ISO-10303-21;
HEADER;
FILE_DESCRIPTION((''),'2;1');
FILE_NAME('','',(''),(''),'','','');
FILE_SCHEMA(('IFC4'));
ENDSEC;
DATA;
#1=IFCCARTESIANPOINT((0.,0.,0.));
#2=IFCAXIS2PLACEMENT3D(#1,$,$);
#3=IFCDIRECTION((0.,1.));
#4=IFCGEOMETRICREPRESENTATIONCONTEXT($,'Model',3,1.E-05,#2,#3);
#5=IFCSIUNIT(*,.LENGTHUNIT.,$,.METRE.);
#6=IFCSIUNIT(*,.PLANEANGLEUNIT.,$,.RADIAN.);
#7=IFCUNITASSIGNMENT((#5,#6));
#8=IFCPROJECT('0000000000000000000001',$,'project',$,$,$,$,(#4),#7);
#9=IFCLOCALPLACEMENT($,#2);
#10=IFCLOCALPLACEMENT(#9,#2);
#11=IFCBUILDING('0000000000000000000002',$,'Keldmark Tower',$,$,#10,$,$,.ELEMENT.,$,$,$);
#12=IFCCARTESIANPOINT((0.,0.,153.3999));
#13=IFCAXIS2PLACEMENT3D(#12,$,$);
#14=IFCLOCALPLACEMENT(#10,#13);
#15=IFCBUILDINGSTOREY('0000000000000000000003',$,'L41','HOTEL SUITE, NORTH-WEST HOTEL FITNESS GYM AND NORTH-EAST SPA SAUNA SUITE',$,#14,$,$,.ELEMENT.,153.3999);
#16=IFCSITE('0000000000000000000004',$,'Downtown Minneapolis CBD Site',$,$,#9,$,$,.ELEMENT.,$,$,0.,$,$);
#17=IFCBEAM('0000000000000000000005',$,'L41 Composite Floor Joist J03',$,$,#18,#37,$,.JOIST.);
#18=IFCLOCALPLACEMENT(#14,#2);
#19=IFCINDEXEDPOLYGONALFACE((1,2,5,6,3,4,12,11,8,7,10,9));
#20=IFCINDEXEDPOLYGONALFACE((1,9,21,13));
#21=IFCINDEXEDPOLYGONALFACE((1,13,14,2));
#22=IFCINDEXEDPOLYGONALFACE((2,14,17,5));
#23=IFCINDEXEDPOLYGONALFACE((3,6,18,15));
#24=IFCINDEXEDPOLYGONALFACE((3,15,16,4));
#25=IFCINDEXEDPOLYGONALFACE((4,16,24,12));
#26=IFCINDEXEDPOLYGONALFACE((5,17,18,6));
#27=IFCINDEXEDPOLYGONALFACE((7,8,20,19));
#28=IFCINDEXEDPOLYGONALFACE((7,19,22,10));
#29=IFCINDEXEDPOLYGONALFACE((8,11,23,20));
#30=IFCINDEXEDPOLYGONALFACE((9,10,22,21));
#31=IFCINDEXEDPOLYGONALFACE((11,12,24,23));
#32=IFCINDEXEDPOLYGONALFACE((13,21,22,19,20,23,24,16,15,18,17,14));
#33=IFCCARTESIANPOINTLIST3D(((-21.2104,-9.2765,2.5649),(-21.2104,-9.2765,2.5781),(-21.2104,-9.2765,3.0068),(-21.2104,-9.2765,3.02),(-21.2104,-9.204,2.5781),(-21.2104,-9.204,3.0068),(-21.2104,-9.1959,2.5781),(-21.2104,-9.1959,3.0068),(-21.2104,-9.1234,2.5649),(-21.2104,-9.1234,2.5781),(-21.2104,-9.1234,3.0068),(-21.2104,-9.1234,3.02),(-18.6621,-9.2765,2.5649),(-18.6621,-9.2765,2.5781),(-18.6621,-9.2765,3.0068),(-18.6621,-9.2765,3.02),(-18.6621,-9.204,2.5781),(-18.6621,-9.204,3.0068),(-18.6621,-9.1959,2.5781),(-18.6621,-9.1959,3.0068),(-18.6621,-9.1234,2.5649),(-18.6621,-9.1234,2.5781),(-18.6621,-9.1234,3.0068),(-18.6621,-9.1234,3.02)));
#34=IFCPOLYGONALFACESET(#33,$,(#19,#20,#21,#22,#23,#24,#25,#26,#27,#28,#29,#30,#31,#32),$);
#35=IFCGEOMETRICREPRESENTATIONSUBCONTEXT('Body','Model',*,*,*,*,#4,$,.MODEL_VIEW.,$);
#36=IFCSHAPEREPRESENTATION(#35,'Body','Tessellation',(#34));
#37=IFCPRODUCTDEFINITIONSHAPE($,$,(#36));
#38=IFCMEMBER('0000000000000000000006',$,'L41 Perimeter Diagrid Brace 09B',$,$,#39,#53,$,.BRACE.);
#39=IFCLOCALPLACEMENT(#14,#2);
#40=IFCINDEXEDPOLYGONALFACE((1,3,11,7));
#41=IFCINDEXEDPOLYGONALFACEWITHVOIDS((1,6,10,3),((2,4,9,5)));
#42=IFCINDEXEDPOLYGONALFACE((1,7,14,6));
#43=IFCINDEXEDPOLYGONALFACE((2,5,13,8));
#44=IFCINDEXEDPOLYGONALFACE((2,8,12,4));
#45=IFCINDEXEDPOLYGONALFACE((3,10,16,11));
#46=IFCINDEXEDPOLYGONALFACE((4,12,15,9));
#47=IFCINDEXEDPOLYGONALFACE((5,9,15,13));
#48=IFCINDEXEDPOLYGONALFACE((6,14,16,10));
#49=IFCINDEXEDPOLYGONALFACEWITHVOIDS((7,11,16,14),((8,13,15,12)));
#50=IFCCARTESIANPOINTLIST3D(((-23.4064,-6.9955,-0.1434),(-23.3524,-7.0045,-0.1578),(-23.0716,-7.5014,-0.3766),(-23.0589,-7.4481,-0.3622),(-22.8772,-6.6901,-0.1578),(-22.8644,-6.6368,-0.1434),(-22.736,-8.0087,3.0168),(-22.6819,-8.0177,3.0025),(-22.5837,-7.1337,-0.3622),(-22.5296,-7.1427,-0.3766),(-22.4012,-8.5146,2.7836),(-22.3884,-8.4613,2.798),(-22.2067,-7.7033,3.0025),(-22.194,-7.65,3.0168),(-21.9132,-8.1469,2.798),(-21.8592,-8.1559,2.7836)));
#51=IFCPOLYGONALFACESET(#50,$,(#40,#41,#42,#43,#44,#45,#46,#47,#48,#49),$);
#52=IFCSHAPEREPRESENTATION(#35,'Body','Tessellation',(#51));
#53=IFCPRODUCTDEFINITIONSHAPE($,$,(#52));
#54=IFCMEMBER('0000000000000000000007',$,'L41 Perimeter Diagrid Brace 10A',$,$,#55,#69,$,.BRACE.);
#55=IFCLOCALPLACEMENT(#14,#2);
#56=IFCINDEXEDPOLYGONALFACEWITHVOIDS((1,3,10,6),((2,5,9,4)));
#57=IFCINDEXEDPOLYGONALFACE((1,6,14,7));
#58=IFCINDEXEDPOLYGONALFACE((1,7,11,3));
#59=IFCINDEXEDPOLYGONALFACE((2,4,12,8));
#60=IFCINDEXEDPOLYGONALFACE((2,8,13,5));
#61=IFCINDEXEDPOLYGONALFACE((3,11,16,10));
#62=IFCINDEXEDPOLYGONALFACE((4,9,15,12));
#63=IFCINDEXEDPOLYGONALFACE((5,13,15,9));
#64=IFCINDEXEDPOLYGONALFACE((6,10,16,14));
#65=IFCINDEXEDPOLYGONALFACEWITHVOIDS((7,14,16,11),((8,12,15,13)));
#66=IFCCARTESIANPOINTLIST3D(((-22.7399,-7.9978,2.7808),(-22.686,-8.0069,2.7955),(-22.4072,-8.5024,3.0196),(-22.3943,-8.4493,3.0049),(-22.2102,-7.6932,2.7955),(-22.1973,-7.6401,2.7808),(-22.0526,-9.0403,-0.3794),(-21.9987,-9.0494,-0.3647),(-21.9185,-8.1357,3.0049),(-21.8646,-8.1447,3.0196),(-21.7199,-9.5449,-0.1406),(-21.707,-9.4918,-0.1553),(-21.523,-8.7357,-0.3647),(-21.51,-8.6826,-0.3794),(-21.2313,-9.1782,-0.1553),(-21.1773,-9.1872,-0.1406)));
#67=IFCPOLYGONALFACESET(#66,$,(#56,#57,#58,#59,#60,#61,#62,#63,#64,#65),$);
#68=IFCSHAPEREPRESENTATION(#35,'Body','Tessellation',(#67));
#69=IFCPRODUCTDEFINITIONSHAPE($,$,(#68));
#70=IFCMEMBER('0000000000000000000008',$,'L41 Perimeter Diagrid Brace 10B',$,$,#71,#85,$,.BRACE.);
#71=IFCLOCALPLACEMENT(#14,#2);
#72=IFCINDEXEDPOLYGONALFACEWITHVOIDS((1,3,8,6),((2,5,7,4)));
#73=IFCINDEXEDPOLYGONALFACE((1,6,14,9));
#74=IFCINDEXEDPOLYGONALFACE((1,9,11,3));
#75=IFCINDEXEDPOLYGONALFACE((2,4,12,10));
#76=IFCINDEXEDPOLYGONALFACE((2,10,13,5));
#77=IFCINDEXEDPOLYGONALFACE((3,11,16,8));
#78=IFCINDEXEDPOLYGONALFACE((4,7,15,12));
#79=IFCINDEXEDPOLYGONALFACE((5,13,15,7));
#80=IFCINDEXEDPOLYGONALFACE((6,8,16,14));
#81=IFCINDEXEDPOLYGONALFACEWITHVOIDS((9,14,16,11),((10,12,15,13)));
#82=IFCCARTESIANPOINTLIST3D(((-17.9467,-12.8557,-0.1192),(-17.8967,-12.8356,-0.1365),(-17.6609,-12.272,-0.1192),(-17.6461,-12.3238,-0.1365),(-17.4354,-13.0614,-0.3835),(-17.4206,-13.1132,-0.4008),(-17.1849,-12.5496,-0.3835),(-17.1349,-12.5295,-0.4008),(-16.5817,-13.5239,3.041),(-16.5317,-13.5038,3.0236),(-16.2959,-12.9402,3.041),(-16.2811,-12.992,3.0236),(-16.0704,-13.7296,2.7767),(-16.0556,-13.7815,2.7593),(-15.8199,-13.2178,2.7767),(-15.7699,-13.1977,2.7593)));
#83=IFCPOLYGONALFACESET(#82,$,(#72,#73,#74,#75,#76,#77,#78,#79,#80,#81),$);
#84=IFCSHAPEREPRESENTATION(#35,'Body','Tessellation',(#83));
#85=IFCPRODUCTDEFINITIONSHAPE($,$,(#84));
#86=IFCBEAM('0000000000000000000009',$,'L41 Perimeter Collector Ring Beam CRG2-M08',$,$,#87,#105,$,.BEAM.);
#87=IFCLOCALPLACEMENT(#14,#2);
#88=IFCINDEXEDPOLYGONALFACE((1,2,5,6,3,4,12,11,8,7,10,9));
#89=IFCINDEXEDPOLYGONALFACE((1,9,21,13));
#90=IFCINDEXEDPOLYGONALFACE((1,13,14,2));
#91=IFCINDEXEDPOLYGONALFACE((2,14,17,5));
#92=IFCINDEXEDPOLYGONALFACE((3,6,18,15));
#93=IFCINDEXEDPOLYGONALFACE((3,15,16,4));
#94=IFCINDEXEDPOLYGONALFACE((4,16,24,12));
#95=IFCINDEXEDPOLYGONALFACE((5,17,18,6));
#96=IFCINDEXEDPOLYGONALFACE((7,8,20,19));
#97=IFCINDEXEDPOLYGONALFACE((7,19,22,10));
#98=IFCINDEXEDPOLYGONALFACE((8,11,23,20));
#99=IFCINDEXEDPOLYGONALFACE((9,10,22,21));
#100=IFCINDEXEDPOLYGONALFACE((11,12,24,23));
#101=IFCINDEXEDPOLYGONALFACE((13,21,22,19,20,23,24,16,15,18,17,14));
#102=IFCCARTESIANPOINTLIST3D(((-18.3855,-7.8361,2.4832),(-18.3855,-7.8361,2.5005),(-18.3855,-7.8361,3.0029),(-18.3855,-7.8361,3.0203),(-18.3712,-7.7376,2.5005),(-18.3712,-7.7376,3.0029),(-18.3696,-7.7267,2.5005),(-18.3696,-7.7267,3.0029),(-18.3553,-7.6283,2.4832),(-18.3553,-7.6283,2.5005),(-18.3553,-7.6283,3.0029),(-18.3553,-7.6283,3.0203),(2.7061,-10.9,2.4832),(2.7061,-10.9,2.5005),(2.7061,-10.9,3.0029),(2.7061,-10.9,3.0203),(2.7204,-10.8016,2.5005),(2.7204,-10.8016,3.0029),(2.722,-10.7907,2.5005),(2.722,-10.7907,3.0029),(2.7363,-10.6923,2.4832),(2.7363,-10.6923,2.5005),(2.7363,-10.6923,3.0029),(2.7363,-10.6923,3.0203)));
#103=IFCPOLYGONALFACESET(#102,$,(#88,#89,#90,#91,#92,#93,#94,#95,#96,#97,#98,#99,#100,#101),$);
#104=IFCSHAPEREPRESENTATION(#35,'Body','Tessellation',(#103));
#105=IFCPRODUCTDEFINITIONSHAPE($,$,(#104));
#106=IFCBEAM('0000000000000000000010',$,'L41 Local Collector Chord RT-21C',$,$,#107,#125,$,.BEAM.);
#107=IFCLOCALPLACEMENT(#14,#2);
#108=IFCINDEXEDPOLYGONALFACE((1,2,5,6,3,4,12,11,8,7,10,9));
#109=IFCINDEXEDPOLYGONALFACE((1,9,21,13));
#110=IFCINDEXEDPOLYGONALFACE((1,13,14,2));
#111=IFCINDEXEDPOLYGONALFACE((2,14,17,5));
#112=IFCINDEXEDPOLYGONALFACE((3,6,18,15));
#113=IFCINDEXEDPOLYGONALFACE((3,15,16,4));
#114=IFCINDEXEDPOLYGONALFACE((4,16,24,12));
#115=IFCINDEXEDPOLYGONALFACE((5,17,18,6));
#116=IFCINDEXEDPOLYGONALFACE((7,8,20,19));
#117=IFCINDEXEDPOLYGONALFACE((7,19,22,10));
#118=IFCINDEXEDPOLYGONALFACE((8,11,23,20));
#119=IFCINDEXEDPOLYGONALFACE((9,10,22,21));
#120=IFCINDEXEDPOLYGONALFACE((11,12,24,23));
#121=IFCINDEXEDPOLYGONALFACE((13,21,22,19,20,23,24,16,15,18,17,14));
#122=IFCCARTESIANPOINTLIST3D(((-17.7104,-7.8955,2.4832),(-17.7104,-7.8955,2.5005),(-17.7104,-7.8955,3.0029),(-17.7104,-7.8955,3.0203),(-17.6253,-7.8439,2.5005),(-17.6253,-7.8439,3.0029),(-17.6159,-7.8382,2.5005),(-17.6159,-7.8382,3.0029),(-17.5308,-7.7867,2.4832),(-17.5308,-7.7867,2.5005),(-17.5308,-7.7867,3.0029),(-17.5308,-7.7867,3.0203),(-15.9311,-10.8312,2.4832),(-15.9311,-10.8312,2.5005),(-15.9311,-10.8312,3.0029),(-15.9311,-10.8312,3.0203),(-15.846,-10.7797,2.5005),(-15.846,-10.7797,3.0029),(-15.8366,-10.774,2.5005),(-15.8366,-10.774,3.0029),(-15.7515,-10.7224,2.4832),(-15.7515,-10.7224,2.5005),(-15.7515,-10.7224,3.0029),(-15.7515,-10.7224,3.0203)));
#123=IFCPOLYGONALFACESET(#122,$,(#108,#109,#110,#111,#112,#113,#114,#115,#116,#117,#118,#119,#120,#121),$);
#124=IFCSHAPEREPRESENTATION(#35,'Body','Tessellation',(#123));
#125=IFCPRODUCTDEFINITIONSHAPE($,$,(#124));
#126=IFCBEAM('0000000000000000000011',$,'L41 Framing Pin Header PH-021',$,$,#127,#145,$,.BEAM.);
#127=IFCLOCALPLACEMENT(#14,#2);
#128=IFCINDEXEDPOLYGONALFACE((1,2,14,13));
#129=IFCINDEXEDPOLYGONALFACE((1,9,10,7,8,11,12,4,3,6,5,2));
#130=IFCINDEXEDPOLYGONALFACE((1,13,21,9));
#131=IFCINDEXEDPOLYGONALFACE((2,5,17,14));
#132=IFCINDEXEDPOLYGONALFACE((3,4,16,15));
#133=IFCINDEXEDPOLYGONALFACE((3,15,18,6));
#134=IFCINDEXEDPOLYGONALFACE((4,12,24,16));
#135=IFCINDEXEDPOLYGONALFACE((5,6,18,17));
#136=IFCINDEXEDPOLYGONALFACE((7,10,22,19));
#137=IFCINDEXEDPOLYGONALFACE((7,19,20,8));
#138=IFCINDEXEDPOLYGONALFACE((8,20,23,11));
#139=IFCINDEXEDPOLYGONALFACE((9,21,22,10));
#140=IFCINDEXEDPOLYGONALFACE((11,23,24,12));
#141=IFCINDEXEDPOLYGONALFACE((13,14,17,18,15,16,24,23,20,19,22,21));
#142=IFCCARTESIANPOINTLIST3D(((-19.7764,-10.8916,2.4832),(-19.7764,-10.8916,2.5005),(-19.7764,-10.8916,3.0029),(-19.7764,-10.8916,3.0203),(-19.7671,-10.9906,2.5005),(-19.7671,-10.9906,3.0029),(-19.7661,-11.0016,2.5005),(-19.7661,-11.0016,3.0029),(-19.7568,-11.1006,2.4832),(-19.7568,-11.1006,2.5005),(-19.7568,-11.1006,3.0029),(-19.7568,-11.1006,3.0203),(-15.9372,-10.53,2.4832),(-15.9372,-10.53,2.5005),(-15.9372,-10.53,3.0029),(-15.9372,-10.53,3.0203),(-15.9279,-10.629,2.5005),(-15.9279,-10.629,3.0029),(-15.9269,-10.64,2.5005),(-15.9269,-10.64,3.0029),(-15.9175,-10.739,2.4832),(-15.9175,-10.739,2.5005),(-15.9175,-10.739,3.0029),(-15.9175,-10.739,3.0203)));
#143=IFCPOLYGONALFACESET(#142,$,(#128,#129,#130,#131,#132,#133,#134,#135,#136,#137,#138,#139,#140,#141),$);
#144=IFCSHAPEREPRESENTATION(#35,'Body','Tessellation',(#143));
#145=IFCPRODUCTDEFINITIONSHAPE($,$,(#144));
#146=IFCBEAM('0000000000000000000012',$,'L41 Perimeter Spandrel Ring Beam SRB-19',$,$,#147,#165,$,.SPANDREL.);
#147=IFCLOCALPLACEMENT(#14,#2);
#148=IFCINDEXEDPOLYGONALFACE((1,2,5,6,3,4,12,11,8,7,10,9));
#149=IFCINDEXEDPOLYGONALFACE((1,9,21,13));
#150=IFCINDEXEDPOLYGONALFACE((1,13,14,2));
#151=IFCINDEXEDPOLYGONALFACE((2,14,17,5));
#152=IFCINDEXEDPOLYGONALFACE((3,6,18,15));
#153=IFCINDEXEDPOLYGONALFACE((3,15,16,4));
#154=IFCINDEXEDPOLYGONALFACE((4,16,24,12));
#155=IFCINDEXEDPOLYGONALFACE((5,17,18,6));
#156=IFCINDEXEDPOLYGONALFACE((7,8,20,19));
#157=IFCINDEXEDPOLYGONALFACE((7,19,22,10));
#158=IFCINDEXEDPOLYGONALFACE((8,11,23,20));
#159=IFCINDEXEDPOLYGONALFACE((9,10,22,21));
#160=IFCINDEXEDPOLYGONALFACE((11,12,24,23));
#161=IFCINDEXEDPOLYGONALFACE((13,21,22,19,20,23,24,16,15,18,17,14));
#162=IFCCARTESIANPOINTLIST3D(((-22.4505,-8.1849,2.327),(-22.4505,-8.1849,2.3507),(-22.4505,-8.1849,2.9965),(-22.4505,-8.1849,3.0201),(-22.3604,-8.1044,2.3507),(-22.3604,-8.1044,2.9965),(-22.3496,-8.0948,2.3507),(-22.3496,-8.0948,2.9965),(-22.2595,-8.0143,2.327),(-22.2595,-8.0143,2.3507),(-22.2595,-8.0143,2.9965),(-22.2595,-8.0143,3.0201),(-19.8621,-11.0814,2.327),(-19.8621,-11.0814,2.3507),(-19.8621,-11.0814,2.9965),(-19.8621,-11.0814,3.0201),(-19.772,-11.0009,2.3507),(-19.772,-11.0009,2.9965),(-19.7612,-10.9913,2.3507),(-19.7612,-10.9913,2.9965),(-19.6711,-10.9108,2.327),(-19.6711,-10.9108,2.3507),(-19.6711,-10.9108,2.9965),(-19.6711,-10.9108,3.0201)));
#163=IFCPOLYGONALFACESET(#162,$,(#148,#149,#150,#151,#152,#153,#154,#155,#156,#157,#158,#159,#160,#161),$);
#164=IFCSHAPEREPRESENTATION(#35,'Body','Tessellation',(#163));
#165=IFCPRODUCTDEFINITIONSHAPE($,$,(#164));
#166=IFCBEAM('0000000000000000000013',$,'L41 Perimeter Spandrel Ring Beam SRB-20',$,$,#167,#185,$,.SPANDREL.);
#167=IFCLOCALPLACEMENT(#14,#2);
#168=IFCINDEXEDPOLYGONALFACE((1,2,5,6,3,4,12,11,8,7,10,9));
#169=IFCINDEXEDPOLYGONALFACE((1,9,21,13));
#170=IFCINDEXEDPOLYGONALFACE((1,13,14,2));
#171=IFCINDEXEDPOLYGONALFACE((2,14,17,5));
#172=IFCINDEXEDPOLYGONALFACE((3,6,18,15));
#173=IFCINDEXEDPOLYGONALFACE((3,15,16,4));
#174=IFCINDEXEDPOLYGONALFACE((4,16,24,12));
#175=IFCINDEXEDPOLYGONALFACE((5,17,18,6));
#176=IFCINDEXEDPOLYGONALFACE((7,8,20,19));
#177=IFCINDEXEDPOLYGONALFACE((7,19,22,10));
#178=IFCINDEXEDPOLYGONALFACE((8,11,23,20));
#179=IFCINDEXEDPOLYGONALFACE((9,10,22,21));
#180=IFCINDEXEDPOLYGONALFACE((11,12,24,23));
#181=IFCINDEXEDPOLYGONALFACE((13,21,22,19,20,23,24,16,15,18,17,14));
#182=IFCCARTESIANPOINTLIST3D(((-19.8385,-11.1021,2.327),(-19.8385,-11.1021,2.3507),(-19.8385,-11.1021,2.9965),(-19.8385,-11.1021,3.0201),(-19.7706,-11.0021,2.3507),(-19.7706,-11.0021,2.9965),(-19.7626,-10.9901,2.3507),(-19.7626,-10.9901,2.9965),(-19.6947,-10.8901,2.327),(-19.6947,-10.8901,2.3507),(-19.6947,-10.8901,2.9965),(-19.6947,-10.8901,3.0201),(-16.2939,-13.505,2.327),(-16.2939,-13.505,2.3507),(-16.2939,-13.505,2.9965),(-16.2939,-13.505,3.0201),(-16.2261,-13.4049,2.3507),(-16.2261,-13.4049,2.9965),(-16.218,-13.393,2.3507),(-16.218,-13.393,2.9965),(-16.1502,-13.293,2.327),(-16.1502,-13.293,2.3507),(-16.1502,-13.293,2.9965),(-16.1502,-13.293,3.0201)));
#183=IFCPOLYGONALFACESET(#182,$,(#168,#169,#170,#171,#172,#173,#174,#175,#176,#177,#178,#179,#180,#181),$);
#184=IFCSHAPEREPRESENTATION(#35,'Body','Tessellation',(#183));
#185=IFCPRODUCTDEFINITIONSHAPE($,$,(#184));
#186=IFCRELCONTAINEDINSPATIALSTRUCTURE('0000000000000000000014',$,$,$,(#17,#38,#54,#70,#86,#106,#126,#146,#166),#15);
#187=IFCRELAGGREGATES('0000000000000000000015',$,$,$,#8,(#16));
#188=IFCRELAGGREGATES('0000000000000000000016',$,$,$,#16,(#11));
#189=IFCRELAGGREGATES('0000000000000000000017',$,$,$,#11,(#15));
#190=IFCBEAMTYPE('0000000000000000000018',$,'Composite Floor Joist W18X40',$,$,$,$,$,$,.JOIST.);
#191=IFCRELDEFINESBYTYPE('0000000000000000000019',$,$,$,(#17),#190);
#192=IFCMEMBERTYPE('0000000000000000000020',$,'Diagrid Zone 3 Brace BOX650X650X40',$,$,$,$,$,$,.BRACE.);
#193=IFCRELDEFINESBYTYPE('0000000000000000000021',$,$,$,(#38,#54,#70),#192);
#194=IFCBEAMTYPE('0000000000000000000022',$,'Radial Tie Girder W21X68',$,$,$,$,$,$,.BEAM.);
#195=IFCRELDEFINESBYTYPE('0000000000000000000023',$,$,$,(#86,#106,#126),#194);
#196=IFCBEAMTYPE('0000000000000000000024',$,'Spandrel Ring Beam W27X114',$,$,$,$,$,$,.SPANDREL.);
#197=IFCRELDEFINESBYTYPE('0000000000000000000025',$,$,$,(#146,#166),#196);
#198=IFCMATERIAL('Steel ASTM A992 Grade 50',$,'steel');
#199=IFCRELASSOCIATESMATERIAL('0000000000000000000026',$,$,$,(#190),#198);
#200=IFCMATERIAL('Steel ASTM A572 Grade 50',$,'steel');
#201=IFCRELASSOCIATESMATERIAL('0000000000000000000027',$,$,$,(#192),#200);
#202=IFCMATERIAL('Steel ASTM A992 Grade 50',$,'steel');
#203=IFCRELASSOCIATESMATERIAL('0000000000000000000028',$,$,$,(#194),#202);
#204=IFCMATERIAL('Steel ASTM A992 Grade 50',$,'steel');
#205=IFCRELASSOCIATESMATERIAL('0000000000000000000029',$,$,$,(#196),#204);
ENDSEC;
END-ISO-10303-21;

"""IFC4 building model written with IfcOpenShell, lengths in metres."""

from ifc_helpers import new_model, si_unit, direction, frame, origin, origin_2d, place, context, subcontext, project, spatial, hollow_rectangle, i_section, extrude, material, material_profile, profile_set, type_object, element, save


model = new_model("IFC4")

# Units and contexts
model_context = context("Model", 3, precision=1e-05, world=origin(), true_north=direction((0.0, 1.0)))
body_context = subcontext(model_context, "Body", "Model", "MODEL_VIEW")
ifc_project = project(units=[si_unit("LENGTHUNIT", "METRE"), si_unit("PLANEANGLEUNIT", "RADIAN")], contexts=[model_context])

# Site, building, storey
site_placement = place(None, origin())
site = spatial("IfcSite", under=ifc_project, at=site_placement, Name="Downtown Minneapolis CBD Site", CompositionType="ELEMENT", RefElevation=0.0)
building_placement = place(site_placement, origin())
building = spatial("IfcBuilding", under=site, at=building_placement, Name="Keldmark Tower", CompositionType="ELEMENT")
storey_placement = place(building_placement, frame((0.0, 0.0, 153.3999)))
storey = spatial("IfcBuildingStorey", under=building, at=storey_placement, Name="L41", Description="HOTEL SUITE, NORTH-WEST HOTEL FITNESS GYM AND NORTH-EAST SPA SAUNA SUITE", CompositionType="ELEMENT", Elevation=153.3999)

# Beam
ifc_material_1 = material(Name="Steel ASTM A992 Grade 50", Category="steel")
ifc_material_profile_1 = material_profile(ifc_material_1, i_section(OverallWidth=0.1531, OverallDepth=0.4551, WebThickness=0.0081, FlangeThickness=0.0132, at=origin_2d()), Name="W18X40")
ifc_profile_set_1 = profile_set([ifc_material_profile_1], Name="Steel ASTM A992 Grade 50")
beam_type_1 = type_object("IfcBeamType", Name="Composite Floor Joist W18X40", PredefinedType="JOIST", material=ifc_profile_set_1)
beam_1_placement = place(storey_placement, frame((-21.2104, -9.2, 2.7925), z_axis=(1.0, 0.0, 0.0), x_axis=(0.0, 1.0, 0.0)))
element("IfcBeam", 1, at=beam_1_placement, inside=storey, type_object=beam_type_1, Name="L41 Composite Floor Joist J03", PredefinedType="JOIST", context=body_context, shape_type="SweptSolid", body=[
    extrude(i_section(OverallWidth=0.1531, OverallDepth=0.4551, WebThickness=0.0081, FlangeThickness=0.0132, at=origin_2d()), origin(), (0.0, 0.0, 1.0), 2.5483),
])

# Members
ifc_material_2 = material(Name="Steel ASTM A572 Grade 50", Category="steel")
ifc_material_profile_2 = material_profile(ifc_material_2, hollow_rectangle(XDim=0.6499, YDim=0.6499, WallThickness=0.04, at=origin_2d()), Name="BOX650X650X40")
ifc_profile_set_2 = profile_set([ifc_material_profile_2], Name="Steel ASTM A572 Grade 50")
member_type = type_object("IfcMemberType", Name="Diagrid Zone 3 Brace BOX650X650X40", PredefinedType="BRACE", material=ifc_profile_set_2)
member_1_placement = place(storey_placement, frame((-22.968, -7.0691, -0.26), z_axis=(0.198016, -0.299259, 0.933399), x_axis=(0.833962, 0.551822, 0.0)))
element("IfcMember", 2, at=member_1_placement, inside=storey, type_object=member_type, Name="L41 Perimeter Diagrid Brace 09B", PredefinedType="BRACE", context=body_context, shape_type="SweptSolid", body=[
    extrude(hollow_rectangle(XDim=0.6499, YDim=0.6499, WallThickness=0.04, at=origin_2d()), origin(), (0.0, 0.0, 1.0), 3.3857),
])
member_2_placement = place(storey_placement, frame((-21.615, -9.1138, -0.26), z_axis=(-0.202259, 0.306802, 0.930034), x_axis=(-0.834897, -0.550406, 0.0)))
element("IfcMember", 3, at=member_2_placement, inside=storey, type_object=member_type, Name="L41 Perimeter Diagrid Brace 10A", PredefinedType="BRACE", context=body_context, shape_type="SweptSolid", body=[
    extrude(hollow_rectangle(XDim=0.6499, YDim=0.6499, WallThickness=0.04, at=origin_2d()), origin(), (0.0, 0.0, 1.0), 3.3979),
])
member_3_placement = place(storey_placement, frame((-17.5408, -12.6926, -0.26), z_axis=(0.389262, -0.190558, 0.901201), x_axis=(0.43968, 0.898155, 0.0)))
element("IfcMember", 4, at=member_3_placement, inside=storey, type_object=member_type, Name="L41 Perimeter Diagrid Brace 10B", PredefinedType="BRACE", context=body_context, shape_type="SweptSolid", body=[
    extrude(hollow_rectangle(XDim=0.6499, YDim=0.6499, WallThickness=0.04, at=origin_2d()), origin(), (0.0, 0.0, 1.0), 3.5066),
])

# Beams
ifc_material_3 = material(Name="Steel ASTM A992 Grade 50", Category="steel")
ifc_material_profile_3 = material_profile(ifc_material_3, i_section(OverallWidth=0.21, OverallDepth=0.5371, WebThickness=0.011, FlangeThickness=0.0173, at=origin_2d()), Name="W21X68")
ifc_profile_set_3 = profile_set([ifc_material_profile_3], Name="Steel ASTM A992 Grade 50")
beam_type_2 = type_object("IfcBeamType", Name="Radial Tie Girder W21X68", PredefinedType="BEAM", material=ifc_profile_set_3)
beam_2_placement = place(storey_placement, frame((-18.3704, -7.7322, 2.7517), z_axis=(0.989612, -0.143761, 0.0), x_axis=(0.143761, 0.989612, 0.0)))
element("IfcBeam", 5, at=beam_2_placement, inside=storey, type_object=beam_type_2, Name="L41 Perimeter Collector Ring Beam CRG2-M08", PredefinedType="BEAM", context=body_context, shape_type="SweptSolid", body=[
    extrude(i_section(OverallWidth=0.21, OverallDepth=0.5371, WebThickness=0.011, FlangeThickness=0.0173, at=origin_2d()), origin(), (0.0, 0.0, 1.0), 21.313),
])
beam_3_placement = place(storey_placement, frame((-17.6206, -7.8411, 2.7517), z_axis=(0.518308, -0.855194, 0.0), x_axis=(0.855194, 0.518308, 0.0)))
element("IfcBeam", 6, at=beam_3_placement, inside=storey, type_object=beam_type_2, Name="L41 Local Collector Chord RT-21C", PredefinedType="BEAM", context=body_context, shape_type="SweptSolid", body=[
    extrude(i_section(OverallWidth=0.21, OverallDepth=0.5371, WebThickness=0.011, FlangeThickness=0.0173, at=origin_2d()), origin(), (0.0, 0.0, 1.0), 3.4329),
])
beam_4_placement = place(storey_placement, frame((-19.7666, -10.9961, 2.7517), z_axis=(0.995594, 0.093766, 0.0), x_axis=(-0.093766, 0.995594, 0.0)))
element("IfcBeam", 7, at=beam_4_placement, inside=storey, type_object=beam_type_2, Name="L41 Framing Pin Header PH-021", PredefinedType="BEAM", context=body_context, shape_type="SweptSolid", body=[
    extrude(i_section(OverallWidth=0.21, OverallDepth=0.5371, WebThickness=0.011, FlangeThickness=0.0173, at=origin_2d()), origin(), (0.0, 0.0, 1.0), 3.8562),
])
ifc_material_4 = material(Name="Steel ASTM A992 Grade 50", Category="steel")
ifc_material_profile_4 = material_profile(ifc_material_4, i_section(OverallWidth=0.2561, OverallDepth=0.6931, WebThickness=0.0144, FlangeThickness=0.0237, at=origin_2d()), Name="W27X114")
ifc_profile_set_4 = profile_set([ifc_material_profile_4], Name="Steel ASTM A992 Grade 50")
beam_type_3 = type_object("IfcBeamType", Name="Spandrel Ring Beam W27X114", PredefinedType="SPANDREL", material=ifc_profile_set_4)
beam_5_placement = place(storey_placement, frame((-22.355, -8.0996, 2.6736), z_axis=(0.666335, -0.745652, 0.0), x_axis=(0.745652, 0.666335, 0.0)))
element("IfcBeam", 8, at=beam_5_placement, inside=storey, type_object=beam_type_3, Name="L41 Perimeter Spandrel Ring Beam SRB-19", PredefinedType="SPANDREL", context=body_context, shape_type="SweptSolid", body=[
    extrude(i_section(OverallWidth=0.2561, OverallDepth=0.6931, WebThickness=0.0144, FlangeThickness=0.0237, at=origin_2d()), origin(), (0.0, 0.0, 1.0), 3.8845),
])
beam_6_placement = place(storey_placement, frame((-19.7666, -10.9961, 2.6736), z_axis=(0.827727, -0.56113, 0.0), x_axis=(0.56113, 0.827727, 0.0)))
element("IfcBeam", 9, at=beam_6_placement, inside=storey, type_object=beam_type_3, Name="L41 Perimeter Spandrel Ring Beam SRB-20", PredefinedType="SPANDREL", context=body_context, shape_type="SweptSolid", body=[
    extrude(i_section(OverallWidth=0.2561, OverallDepth=0.6931, WebThickness=0.0144, FlangeThickness=0.0237, at=origin_2d()), origin(), (0.0, 0.0, 1.0), 4.2822),
])

save(model, "model.ifc")
